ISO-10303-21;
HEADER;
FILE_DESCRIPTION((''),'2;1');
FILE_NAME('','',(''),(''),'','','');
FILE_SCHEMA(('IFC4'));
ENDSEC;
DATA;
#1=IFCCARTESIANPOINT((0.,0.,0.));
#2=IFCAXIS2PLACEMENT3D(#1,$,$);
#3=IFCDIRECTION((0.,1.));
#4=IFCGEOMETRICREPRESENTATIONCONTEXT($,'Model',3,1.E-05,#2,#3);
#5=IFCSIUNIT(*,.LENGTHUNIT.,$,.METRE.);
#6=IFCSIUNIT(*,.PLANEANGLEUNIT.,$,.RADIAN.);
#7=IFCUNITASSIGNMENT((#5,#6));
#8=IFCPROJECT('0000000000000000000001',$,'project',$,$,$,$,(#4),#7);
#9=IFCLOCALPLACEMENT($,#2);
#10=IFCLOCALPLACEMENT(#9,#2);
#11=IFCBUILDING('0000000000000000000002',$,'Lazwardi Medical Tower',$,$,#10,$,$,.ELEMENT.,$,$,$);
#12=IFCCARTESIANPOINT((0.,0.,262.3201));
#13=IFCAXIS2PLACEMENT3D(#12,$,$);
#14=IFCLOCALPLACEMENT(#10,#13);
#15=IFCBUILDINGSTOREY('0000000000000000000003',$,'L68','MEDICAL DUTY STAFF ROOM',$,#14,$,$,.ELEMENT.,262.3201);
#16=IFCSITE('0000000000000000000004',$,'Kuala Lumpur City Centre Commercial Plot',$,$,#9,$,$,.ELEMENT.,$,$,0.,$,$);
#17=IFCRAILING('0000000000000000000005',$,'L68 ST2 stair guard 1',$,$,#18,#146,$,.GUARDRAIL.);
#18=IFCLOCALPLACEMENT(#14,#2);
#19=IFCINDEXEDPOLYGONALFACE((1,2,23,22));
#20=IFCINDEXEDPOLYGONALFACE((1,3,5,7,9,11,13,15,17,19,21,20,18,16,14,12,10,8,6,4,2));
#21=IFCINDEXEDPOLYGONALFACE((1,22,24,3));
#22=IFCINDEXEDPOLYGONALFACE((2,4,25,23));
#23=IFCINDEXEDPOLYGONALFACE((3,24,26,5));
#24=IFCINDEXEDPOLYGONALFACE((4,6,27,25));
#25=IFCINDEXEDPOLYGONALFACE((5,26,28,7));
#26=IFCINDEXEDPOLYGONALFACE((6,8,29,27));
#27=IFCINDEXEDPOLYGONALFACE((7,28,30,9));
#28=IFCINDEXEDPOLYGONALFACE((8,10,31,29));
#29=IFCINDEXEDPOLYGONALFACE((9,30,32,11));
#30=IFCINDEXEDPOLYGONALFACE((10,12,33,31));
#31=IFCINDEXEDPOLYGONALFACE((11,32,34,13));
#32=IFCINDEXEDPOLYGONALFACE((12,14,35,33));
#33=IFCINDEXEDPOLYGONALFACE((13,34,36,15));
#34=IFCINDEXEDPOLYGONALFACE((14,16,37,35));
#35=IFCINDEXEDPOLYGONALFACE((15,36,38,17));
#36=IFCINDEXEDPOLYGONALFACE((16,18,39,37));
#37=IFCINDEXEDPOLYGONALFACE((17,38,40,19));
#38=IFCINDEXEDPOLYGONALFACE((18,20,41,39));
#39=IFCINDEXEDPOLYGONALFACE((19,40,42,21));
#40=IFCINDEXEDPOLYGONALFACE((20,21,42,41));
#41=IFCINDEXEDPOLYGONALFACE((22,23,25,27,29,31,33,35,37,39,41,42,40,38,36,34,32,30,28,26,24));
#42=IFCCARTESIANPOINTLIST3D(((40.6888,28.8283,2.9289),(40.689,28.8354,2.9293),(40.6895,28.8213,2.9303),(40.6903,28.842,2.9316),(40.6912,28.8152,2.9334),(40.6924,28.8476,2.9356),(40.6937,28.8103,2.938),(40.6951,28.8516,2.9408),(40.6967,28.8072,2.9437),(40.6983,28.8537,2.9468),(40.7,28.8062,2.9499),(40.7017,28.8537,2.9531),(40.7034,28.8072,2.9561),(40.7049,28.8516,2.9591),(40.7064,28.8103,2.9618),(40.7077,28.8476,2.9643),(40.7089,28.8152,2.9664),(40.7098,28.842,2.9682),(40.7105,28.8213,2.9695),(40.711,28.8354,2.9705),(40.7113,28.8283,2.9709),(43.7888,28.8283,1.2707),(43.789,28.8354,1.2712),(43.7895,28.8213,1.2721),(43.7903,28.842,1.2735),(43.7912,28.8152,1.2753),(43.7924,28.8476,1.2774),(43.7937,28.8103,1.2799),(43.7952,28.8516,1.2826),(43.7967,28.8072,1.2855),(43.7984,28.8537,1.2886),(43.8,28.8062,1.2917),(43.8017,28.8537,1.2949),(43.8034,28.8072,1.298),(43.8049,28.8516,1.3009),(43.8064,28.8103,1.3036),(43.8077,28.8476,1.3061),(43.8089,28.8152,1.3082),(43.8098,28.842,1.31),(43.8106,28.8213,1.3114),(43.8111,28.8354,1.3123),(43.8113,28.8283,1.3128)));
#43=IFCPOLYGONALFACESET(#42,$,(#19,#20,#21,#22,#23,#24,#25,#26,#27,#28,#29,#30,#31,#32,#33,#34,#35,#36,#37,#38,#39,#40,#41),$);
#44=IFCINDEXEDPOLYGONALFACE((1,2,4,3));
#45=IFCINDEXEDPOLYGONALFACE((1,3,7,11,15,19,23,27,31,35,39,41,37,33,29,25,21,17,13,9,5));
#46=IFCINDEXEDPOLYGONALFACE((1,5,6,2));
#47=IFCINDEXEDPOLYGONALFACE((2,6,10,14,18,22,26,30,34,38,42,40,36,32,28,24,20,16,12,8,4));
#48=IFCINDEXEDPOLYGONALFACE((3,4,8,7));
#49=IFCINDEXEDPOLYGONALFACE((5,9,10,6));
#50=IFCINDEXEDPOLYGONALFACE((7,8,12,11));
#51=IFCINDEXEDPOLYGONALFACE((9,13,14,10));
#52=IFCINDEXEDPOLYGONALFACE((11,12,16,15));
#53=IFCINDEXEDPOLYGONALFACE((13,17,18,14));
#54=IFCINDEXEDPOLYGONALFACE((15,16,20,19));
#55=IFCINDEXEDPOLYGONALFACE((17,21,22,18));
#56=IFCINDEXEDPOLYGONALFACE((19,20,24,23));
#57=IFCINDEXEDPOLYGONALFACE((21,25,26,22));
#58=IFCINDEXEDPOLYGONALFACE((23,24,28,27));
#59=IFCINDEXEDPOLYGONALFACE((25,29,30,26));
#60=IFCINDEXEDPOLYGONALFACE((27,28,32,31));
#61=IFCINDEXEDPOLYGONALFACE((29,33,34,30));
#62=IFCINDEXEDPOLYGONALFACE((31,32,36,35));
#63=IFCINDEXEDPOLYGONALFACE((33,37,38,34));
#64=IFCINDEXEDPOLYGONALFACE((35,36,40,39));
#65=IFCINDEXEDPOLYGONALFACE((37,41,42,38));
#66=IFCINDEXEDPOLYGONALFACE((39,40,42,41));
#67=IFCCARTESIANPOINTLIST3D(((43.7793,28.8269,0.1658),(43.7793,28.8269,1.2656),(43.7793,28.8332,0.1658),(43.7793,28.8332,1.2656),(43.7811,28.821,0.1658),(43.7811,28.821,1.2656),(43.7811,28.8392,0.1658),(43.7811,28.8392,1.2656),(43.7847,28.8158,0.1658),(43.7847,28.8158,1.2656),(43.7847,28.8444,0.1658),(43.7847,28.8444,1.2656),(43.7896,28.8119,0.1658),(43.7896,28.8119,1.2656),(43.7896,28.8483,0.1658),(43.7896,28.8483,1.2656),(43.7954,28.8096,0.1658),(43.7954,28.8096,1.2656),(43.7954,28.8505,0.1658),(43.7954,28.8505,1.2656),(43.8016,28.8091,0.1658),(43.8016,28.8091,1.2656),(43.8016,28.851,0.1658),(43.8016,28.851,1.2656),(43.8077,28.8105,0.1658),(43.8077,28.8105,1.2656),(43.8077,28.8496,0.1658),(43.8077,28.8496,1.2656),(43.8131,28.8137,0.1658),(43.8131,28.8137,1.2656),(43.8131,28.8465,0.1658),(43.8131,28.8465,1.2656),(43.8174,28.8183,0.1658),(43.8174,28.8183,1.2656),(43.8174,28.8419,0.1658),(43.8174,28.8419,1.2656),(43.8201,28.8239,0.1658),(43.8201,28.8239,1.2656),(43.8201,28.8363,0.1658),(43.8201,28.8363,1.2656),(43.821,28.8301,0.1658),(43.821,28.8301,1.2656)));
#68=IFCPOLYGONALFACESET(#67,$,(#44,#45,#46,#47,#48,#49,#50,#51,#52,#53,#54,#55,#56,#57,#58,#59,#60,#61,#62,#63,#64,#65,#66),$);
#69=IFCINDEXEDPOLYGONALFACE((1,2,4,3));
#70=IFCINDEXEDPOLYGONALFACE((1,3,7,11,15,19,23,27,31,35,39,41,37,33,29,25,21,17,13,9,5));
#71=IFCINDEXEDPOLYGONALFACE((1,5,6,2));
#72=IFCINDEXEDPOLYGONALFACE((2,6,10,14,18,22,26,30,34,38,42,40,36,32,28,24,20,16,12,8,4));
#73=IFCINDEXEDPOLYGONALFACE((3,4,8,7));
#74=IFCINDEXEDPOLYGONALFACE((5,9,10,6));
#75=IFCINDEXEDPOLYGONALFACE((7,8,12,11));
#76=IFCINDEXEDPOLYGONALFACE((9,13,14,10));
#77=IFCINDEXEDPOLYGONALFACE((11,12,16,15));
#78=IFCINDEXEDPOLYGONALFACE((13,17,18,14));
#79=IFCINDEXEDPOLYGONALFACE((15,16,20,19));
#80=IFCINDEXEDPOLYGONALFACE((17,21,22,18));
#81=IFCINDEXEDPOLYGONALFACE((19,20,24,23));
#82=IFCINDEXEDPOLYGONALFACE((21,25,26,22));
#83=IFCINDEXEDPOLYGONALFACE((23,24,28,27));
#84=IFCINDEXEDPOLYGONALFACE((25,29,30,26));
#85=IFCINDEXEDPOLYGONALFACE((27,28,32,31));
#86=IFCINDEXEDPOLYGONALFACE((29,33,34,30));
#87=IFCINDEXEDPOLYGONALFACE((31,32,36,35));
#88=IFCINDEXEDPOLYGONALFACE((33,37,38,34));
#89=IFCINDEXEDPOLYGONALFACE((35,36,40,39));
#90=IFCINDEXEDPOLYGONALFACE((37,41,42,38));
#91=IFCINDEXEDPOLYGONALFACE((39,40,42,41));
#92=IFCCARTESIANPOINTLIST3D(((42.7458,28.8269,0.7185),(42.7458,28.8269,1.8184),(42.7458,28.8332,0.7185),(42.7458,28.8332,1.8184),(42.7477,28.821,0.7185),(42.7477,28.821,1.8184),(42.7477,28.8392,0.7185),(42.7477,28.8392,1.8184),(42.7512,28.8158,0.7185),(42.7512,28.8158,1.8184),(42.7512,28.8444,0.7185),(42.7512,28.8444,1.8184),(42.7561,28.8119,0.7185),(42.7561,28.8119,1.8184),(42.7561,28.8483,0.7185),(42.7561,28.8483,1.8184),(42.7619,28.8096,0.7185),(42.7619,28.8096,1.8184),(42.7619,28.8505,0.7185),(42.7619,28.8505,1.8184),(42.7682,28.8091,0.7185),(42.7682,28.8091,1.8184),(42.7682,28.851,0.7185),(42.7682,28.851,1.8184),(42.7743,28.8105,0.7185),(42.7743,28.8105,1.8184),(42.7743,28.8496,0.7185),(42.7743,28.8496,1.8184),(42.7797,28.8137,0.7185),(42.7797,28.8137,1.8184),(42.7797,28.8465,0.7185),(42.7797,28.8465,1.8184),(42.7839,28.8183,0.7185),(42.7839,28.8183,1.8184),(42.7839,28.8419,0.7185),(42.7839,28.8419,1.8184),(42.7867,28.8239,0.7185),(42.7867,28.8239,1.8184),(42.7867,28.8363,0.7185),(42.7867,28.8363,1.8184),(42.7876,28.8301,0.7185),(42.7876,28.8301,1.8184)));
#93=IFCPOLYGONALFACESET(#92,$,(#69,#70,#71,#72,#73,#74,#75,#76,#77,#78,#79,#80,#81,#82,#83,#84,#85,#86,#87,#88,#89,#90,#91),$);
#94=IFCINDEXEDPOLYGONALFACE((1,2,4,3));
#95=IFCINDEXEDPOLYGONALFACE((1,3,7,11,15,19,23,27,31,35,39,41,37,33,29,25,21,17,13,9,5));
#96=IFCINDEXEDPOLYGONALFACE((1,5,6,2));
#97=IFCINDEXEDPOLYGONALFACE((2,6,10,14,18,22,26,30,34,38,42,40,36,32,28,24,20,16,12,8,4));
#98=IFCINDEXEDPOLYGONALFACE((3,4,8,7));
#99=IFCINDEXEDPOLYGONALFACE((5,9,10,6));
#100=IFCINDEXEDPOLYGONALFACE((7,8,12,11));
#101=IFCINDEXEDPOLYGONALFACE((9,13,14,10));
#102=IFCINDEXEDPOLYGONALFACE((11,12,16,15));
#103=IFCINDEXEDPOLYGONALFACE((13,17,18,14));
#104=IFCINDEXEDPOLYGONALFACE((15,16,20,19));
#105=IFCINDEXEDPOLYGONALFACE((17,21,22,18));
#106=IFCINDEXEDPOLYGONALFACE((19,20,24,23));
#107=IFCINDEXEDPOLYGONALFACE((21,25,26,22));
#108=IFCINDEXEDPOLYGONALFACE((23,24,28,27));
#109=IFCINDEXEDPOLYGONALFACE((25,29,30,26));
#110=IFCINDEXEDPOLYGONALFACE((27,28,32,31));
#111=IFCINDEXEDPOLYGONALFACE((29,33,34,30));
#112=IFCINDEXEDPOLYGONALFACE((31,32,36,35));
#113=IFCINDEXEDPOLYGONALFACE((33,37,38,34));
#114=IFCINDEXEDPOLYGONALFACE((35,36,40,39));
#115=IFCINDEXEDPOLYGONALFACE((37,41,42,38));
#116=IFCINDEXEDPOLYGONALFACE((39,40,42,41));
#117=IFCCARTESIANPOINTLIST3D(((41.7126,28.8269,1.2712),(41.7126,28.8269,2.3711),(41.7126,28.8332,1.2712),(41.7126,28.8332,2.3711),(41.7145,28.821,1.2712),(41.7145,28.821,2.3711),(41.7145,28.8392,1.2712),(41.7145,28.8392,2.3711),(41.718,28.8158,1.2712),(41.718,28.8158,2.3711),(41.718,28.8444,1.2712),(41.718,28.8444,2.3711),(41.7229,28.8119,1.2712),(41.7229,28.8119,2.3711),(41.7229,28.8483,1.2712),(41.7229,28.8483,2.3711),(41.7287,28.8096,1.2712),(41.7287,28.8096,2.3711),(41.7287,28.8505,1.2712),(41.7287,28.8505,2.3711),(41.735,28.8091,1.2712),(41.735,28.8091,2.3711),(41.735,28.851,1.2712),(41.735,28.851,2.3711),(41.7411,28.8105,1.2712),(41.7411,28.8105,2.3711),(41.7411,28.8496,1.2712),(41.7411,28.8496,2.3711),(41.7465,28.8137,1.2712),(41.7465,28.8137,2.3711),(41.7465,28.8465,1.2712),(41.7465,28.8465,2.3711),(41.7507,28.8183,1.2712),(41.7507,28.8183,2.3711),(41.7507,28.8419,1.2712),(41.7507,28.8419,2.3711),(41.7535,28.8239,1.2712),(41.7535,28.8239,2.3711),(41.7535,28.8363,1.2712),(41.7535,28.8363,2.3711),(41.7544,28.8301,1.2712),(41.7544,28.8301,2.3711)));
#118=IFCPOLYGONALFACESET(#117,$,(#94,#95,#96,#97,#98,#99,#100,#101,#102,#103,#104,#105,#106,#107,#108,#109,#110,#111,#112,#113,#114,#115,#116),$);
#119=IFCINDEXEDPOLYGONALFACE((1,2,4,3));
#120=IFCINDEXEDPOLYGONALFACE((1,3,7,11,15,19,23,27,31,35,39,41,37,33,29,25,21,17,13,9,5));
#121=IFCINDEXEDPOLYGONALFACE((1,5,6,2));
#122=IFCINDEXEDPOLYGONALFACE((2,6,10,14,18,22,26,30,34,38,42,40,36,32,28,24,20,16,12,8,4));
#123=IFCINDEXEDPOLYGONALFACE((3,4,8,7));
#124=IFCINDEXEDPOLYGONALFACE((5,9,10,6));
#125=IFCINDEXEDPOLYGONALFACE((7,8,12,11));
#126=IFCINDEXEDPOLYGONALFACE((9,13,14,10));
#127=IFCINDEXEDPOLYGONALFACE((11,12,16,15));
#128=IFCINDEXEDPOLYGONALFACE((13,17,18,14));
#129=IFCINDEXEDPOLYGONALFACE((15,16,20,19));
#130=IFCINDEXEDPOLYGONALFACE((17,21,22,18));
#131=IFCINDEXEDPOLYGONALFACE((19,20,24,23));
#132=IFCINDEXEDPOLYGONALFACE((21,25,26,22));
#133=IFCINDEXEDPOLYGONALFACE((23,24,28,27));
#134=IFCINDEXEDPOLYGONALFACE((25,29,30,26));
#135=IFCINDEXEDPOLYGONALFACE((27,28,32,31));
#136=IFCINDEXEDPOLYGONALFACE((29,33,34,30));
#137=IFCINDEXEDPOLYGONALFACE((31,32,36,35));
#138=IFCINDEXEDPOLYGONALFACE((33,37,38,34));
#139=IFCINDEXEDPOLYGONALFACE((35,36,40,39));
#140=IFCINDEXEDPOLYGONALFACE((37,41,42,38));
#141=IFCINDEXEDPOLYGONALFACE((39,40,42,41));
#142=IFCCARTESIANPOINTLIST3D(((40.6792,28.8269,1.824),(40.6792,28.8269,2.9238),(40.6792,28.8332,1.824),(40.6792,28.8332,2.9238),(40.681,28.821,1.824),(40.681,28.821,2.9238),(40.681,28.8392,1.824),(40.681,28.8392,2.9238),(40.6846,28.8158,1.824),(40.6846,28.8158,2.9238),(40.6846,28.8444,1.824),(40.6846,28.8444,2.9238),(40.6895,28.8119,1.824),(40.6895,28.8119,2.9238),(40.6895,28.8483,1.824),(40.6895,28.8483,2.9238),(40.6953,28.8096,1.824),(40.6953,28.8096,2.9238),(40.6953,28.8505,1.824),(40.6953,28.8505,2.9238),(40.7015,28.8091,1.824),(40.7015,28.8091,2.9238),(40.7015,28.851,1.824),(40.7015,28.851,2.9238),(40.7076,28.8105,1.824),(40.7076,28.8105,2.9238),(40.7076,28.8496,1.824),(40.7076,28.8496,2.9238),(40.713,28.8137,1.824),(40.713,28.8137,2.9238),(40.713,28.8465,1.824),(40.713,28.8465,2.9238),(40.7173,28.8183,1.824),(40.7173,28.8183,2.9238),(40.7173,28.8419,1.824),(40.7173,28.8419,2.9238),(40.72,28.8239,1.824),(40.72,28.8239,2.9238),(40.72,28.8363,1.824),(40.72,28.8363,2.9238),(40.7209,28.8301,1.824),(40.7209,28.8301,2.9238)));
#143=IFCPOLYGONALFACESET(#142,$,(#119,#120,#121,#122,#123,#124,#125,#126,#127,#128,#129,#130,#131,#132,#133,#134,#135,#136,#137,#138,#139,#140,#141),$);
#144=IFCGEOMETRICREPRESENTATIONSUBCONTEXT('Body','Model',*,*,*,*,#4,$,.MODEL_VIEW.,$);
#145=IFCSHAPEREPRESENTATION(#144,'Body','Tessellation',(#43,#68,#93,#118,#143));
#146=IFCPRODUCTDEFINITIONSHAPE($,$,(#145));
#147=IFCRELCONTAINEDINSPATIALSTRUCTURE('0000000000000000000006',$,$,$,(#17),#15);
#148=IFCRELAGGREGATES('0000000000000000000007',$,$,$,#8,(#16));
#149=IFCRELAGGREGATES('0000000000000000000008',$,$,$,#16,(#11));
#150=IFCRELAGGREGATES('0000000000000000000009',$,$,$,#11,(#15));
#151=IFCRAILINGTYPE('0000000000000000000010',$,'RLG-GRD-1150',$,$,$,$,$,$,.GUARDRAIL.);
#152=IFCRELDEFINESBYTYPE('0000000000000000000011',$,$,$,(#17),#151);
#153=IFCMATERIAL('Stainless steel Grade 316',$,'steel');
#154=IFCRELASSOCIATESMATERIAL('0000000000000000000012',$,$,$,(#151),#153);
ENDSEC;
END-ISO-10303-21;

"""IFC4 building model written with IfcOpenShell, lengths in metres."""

from ifc_helpers import new_model, si_unit, direction, frame, origin, origin_2d, place, context, subcontext, project, spatial, circle, extrude, material, type_object, element, save


model = new_model("IFC4")

# Units and contexts
model_context = context("Model", 3, precision=1e-05, world=origin(), true_north=direction((0.0, 1.0)))
body_context = subcontext(model_context, "Body", "Model", "MODEL_VIEW")
ifc_project = project(units=[si_unit("LENGTHUNIT", "METRE"), si_unit("PLANEANGLEUNIT", "RADIAN")], contexts=[model_context])

# Site, building, storey
site_placement = place(None, origin())
site = spatial("IfcSite", under=ifc_project, at=site_placement, Name="Kuala Lumpur City Centre Commercial Plot", CompositionType="ELEMENT", RefElevation=0.0)
building_placement = place(site_placement, origin())
building = spatial("IfcBuilding", under=site, at=building_placement, Name="Lazwardi Medical Tower", CompositionType="ELEMENT")
storey_placement = place(building_placement, frame((0.0, 0.0, 262.3201)))
storey = spatial("IfcBuildingStorey", under=building, at=storey_placement, Name="L68", Description="MEDICAL DUTY STAFF ROOM", CompositionType="ELEMENT", Elevation=262.3201)

# Railing
ifc_material_1 = material(Name="Stainless steel Grade 316", Category="steel")
railing_type_1 = type_object("IfcRailingType", Name="RLG-GRD-1150", PredefinedType="GUARDRAIL", material=ifc_material_1)
railing_1_placement = place(storey_placement, frame((43.8, 28.8301, 0.1658)))
element("IfcRailing", 1, at=railing_1_placement, inside=storey, type_object=railing_type_1, Name="L68 ST2 stair guard 1", PredefinedType="GUARDRAIL", context=body_context, shape_type="SweptSolid", body=[
    extrude(circle(Radius=0.0239, at=origin_2d()), frame((0.0, 0.0, 1.126), z_axis=(-0.881783, 0.0, 0.471655), x_axis=(0.0, -1.0, 0.0)), (0.0, 0.0, 1.0), 3.5156),
    extrude(circle(Radius=0.021, at=origin_2d()), origin(), (0.0, 0.0, 1.0), 1.0999),
    extrude(circle(Radius=0.021, at=origin_2d()), frame((-1.0334, 0.0, 0.5527)), (0.0, 0.0, 1.0), 1.0999),
    extrude(circle(Radius=0.021, at=origin_2d()), frame((-2.0667, 0.0, 1.1055)), (0.0, 0.0, 1.0), 1.0999),
    extrude(circle(Radius=0.021, at=origin_2d()), frame((-3.1001, 0.0, 1.6582)), (0.0, 0.0, 1.0), 1.0999),
])

save(model, "model.ifc")
